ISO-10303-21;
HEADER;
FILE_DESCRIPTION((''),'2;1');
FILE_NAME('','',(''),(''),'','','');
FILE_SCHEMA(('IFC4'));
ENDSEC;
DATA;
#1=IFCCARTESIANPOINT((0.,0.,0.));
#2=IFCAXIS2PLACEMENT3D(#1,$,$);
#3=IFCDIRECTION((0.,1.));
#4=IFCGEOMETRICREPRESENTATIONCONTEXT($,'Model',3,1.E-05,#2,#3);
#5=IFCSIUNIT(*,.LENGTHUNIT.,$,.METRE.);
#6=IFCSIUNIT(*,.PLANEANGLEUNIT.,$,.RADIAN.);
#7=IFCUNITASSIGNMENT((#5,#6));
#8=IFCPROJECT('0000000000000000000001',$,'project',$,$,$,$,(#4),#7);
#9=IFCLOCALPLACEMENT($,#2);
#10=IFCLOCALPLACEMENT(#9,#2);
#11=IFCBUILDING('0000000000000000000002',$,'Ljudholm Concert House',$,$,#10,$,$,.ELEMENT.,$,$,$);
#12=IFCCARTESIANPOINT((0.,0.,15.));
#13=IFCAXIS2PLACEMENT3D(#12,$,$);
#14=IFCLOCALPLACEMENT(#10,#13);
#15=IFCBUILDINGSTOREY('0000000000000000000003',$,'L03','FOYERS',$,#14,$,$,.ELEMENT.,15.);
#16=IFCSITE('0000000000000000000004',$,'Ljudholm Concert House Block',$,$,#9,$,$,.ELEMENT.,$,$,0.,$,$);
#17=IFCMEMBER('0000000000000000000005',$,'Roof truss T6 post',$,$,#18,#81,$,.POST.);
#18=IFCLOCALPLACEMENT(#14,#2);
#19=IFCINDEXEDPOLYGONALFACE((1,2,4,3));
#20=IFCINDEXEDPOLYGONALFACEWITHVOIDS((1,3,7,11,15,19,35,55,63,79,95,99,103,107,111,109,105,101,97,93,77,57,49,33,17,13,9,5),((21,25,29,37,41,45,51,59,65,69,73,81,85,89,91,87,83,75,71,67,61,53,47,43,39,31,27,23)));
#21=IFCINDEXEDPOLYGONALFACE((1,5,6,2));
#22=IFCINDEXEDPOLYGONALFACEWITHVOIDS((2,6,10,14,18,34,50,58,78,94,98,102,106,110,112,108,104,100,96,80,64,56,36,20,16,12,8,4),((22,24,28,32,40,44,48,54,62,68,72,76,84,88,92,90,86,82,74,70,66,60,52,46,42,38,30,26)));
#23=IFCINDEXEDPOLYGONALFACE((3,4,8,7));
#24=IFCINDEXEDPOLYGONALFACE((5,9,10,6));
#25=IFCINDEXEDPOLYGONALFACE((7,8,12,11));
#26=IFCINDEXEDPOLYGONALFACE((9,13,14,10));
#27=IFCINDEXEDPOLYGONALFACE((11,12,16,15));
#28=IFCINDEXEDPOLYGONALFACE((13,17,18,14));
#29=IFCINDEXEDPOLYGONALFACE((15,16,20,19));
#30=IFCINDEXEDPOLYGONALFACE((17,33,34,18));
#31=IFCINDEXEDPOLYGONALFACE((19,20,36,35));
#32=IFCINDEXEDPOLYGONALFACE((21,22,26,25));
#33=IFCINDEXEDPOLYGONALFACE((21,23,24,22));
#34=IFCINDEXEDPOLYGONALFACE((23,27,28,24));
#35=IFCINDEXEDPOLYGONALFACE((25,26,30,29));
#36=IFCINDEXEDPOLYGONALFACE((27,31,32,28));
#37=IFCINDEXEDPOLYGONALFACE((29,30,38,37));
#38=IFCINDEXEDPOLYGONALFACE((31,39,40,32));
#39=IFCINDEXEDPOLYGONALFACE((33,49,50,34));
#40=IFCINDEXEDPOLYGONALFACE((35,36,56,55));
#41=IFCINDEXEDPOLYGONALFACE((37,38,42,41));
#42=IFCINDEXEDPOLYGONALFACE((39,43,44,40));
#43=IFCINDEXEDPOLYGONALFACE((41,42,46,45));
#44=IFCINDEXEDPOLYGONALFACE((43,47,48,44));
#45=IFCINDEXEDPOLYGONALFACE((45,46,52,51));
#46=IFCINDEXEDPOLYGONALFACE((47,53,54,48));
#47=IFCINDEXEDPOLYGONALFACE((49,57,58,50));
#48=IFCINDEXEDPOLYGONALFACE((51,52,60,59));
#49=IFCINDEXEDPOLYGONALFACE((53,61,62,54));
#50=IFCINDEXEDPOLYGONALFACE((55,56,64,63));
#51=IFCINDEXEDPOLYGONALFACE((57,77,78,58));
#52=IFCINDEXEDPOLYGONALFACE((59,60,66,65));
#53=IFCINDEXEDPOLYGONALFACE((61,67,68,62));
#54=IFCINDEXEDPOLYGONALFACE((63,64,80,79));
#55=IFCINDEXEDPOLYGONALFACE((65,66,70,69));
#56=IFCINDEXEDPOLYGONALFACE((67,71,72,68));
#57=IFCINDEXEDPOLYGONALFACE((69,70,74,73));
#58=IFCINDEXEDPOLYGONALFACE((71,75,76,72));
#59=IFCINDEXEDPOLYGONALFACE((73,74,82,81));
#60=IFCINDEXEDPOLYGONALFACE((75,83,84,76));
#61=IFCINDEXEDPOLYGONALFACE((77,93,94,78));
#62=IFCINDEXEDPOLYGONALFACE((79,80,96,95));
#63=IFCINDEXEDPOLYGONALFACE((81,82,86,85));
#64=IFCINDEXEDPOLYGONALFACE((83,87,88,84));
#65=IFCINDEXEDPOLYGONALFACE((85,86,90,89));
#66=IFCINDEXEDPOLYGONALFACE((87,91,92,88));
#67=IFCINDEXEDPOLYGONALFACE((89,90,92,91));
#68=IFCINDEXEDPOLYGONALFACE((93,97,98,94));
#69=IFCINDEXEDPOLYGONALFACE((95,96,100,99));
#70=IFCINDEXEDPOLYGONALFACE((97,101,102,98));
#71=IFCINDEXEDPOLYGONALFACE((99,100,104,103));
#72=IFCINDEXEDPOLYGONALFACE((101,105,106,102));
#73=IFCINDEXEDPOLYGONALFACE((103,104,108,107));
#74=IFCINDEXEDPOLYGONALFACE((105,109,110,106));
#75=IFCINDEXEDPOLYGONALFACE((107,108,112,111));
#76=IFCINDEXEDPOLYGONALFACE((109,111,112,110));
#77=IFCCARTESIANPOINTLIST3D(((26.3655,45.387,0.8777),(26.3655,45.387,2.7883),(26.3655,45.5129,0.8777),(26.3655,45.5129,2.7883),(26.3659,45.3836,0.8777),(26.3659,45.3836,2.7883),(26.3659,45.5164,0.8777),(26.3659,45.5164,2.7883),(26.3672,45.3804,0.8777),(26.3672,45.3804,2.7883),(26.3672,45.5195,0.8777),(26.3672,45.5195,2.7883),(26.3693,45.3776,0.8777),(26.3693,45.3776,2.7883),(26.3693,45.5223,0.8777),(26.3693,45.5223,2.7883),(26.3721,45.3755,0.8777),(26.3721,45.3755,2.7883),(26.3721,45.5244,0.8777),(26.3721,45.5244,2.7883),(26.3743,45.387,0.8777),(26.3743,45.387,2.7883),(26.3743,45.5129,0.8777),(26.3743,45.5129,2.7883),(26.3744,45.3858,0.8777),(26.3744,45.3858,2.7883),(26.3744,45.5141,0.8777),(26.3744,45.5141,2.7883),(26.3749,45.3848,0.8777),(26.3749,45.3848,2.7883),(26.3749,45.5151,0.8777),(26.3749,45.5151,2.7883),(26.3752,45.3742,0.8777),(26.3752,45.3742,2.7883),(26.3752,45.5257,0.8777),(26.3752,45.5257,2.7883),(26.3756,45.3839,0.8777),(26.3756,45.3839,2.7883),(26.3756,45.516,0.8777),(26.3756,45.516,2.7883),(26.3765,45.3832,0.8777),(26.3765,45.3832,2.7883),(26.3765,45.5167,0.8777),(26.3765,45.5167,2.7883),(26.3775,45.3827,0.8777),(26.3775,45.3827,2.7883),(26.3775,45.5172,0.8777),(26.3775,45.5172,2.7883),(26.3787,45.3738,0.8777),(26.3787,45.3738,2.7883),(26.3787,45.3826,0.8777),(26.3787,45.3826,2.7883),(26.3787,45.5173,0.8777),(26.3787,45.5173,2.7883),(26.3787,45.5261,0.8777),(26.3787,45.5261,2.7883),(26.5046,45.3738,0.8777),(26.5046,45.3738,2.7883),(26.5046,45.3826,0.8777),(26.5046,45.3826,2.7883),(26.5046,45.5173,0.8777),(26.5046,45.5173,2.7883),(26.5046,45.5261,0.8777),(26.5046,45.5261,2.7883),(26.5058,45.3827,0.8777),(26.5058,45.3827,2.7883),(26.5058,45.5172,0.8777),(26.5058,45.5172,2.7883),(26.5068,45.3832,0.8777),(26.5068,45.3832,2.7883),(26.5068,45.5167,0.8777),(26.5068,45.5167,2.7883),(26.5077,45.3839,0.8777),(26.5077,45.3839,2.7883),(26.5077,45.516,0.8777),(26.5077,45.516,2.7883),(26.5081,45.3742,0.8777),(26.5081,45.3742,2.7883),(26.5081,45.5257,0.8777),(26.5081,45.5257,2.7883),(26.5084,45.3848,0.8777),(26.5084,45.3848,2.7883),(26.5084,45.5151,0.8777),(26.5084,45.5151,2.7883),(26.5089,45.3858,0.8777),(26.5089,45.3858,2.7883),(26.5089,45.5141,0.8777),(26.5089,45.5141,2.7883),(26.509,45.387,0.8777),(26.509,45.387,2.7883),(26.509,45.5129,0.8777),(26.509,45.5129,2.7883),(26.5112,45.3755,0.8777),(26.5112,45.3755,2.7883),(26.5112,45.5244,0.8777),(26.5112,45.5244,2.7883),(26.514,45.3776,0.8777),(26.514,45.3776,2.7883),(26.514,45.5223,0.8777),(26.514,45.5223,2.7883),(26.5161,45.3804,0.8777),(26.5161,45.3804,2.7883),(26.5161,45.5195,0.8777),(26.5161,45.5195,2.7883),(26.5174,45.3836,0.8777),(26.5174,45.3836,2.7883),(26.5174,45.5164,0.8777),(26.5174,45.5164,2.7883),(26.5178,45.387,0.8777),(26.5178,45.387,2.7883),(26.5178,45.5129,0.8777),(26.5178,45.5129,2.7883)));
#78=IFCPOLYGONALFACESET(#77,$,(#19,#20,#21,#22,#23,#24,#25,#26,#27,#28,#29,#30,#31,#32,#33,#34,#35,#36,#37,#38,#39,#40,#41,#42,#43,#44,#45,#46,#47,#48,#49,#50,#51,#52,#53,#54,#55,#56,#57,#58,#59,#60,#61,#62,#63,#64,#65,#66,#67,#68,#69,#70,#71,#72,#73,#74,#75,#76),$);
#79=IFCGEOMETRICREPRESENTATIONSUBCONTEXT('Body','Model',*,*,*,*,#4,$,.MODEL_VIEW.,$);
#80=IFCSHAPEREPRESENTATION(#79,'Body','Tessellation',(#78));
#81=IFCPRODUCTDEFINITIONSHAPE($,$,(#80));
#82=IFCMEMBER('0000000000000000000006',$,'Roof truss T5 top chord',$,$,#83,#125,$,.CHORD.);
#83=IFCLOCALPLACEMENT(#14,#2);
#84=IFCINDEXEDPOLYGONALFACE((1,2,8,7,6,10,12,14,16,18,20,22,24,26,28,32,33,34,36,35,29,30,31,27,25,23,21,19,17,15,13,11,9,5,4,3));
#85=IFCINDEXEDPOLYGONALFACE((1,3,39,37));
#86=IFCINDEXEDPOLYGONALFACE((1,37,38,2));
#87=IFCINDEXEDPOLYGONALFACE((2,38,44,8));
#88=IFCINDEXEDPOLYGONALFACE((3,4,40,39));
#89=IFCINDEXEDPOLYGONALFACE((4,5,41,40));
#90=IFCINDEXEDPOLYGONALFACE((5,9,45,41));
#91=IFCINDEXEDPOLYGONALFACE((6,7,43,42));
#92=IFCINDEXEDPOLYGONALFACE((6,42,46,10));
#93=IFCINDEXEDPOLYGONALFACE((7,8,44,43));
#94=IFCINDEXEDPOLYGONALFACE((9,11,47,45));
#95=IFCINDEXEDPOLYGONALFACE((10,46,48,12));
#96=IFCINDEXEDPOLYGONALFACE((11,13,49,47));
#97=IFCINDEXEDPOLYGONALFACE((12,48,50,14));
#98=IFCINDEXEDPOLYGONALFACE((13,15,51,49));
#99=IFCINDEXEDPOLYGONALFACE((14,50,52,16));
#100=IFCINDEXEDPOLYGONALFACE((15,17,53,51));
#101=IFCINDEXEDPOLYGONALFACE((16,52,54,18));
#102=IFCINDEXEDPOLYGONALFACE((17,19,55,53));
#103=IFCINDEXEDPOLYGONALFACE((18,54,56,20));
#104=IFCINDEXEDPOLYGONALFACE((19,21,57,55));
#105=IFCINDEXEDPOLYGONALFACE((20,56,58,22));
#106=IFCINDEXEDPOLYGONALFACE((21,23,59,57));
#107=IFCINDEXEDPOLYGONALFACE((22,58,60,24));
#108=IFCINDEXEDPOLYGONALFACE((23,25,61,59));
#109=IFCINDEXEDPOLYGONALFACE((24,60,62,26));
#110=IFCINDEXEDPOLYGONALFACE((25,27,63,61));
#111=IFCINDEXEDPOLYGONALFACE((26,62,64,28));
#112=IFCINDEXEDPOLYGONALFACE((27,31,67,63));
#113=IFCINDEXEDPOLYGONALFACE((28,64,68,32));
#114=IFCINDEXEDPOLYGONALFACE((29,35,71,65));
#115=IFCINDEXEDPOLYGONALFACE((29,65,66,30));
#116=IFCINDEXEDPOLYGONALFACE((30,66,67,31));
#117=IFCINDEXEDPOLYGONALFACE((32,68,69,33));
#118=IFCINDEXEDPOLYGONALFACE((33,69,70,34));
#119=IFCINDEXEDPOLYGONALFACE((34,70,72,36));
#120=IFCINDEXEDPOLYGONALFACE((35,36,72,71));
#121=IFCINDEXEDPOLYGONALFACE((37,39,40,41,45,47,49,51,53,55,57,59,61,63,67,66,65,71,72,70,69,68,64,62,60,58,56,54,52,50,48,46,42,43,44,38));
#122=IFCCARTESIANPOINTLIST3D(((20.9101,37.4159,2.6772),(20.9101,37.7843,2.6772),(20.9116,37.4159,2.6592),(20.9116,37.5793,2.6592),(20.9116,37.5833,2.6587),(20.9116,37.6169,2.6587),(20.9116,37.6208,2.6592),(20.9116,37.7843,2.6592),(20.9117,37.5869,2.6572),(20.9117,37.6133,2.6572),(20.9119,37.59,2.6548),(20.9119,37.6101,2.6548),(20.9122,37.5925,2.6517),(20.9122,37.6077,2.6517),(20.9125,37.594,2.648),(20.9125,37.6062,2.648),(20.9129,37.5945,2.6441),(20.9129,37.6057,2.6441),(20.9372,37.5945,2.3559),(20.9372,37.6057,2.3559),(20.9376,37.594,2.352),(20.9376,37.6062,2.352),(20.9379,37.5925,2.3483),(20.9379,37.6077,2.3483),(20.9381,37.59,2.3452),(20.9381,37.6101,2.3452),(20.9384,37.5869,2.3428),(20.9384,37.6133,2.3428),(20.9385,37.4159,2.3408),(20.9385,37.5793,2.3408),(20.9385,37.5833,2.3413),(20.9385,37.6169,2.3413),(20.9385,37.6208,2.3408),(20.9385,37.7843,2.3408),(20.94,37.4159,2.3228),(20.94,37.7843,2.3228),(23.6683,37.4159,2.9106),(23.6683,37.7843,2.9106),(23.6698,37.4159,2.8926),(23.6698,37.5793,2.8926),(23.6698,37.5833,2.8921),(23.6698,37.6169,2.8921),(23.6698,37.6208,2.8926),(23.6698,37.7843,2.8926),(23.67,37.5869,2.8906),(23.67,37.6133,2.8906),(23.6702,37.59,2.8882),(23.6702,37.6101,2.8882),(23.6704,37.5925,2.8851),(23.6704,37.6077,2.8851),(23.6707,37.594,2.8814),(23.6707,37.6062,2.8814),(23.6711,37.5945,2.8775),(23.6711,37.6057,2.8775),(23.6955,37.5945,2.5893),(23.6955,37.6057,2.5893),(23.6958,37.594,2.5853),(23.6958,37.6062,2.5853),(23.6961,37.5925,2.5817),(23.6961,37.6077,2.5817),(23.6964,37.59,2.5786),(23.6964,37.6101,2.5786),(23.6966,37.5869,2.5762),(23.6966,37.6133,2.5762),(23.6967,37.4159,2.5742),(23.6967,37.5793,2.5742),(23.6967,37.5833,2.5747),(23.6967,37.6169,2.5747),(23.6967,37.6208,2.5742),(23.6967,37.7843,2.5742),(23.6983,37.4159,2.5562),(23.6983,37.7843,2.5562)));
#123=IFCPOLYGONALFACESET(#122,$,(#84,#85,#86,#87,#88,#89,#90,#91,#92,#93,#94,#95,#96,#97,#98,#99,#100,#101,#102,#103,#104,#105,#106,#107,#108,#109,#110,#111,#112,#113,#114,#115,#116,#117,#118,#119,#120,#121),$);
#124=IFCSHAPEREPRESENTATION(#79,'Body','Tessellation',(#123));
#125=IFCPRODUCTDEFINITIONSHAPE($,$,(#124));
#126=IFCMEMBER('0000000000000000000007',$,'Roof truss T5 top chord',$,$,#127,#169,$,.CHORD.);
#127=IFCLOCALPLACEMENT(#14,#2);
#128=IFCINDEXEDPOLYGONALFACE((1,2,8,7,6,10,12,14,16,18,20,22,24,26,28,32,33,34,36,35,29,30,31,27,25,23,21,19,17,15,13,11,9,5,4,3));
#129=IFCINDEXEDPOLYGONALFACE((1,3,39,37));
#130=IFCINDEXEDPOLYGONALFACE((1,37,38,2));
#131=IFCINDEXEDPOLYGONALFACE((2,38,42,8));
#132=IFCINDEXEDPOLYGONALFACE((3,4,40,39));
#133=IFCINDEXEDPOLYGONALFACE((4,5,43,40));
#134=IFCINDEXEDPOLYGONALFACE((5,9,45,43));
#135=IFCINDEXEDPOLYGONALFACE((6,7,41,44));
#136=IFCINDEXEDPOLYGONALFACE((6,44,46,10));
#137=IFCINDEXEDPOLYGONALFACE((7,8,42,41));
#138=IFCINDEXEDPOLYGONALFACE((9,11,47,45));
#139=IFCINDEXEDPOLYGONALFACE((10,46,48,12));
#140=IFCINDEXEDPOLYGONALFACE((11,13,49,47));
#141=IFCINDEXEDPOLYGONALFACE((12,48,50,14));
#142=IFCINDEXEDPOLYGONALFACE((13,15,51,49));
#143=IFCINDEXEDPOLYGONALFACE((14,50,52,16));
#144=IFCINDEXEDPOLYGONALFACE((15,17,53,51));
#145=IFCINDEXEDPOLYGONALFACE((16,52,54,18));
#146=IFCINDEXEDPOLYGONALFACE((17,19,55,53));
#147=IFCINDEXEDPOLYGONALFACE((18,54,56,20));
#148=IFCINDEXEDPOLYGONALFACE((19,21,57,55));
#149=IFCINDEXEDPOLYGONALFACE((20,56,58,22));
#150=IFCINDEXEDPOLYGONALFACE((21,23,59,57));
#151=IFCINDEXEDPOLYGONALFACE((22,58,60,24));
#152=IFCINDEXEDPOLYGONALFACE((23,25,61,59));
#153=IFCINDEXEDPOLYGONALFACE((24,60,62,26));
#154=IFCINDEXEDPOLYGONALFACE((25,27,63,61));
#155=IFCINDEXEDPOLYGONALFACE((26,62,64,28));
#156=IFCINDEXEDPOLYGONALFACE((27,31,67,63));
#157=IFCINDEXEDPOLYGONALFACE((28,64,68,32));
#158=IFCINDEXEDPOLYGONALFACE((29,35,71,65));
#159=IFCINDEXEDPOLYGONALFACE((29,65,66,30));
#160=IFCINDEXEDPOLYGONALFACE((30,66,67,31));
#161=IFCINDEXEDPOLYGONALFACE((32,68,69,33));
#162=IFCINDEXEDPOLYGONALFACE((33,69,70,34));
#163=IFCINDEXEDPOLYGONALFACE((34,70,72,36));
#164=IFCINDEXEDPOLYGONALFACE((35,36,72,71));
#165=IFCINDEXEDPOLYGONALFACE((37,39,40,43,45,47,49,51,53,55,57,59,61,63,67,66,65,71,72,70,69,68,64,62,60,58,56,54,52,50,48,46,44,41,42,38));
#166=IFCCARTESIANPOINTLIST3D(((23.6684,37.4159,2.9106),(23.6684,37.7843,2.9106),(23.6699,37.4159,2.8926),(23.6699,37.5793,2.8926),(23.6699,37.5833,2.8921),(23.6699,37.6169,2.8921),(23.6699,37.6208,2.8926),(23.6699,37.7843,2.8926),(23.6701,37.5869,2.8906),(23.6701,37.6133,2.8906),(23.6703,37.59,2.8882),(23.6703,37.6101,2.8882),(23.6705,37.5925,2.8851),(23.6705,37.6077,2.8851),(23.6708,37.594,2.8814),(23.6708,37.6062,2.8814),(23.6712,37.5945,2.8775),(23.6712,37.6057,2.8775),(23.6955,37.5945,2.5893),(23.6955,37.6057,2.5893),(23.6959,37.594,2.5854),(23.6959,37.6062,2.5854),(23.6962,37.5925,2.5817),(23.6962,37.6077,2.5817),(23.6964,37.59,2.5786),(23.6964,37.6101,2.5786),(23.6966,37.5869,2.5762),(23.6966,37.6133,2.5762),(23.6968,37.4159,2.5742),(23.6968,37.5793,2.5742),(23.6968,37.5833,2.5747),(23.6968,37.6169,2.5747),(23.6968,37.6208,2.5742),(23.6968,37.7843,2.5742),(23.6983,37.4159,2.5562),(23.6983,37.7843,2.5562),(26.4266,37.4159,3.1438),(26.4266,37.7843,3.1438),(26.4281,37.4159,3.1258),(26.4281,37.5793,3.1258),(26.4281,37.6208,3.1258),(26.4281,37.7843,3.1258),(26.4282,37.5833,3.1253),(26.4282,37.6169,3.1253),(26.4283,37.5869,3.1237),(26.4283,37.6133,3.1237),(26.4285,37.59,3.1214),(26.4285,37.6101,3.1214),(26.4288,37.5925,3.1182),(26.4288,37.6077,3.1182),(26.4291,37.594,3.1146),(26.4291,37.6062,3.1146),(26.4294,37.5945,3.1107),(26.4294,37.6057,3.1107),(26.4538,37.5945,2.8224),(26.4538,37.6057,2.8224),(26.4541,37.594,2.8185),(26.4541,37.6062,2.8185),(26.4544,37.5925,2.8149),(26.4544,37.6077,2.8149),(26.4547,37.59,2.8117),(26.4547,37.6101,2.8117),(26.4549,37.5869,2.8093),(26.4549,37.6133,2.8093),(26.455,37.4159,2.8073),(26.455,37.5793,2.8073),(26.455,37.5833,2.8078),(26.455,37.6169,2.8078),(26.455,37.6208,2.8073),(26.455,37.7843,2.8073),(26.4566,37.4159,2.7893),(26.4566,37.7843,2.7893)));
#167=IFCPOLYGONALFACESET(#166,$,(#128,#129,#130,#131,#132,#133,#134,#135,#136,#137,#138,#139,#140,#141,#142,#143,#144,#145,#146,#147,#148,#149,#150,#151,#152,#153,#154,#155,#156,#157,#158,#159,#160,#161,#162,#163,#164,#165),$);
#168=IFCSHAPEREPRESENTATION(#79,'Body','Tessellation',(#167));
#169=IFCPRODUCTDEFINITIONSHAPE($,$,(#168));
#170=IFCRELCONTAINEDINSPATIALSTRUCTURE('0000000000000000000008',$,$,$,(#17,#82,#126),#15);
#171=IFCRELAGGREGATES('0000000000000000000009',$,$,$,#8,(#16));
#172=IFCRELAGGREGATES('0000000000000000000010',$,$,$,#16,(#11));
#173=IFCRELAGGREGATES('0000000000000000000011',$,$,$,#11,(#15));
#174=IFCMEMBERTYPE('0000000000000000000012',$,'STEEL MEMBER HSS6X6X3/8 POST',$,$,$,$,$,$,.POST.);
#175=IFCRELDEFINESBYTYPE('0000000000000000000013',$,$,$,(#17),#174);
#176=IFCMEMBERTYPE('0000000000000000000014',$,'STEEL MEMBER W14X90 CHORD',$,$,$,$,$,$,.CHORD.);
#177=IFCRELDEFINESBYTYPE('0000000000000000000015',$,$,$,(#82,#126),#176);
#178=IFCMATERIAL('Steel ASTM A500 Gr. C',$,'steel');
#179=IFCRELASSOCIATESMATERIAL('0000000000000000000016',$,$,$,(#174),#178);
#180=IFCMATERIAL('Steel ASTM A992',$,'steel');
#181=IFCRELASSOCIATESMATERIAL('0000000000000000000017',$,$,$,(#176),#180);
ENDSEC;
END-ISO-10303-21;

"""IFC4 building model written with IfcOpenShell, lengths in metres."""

from ifc_helpers import new_model, si_unit, direction, frame, origin, origin_2d, place, context, subcontext, project, spatial, hollow_rectangle, i_section, extrude, material, material_profile, profile_set, type_object, element, save


model = new_model("IFC4")

# Units and contexts
model_context = context("Model", 3, precision=1e-05, world=origin(), true_north=direction((0.0, 1.0)))
body_context = subcontext(model_context, "Body", "Model", "MODEL_VIEW")
ifc_project = project(units=[si_unit("LENGTHUNIT", "METRE"), si_unit("PLANEANGLEUNIT", "RADIAN")], contexts=[model_context])

# Site, building, storey
site_placement = place(None, origin())
site = spatial("IfcSite", under=ifc_project, at=site_placement, Name="Ljudholm Concert House Block", CompositionType="ELEMENT", RefElevation=0.0)
building_placement = place(site_placement, origin())
building = spatial("IfcBuilding", under=site, at=building_placement, Name="Ljudholm Concert House", CompositionType="ELEMENT")
storey_placement = place(building_placement, frame((0.0, 0.0, 15.0)))
storey = spatial("IfcBuildingStorey", under=building, at=storey_placement, Name="L03", Description="FOYERS", CompositionType="ELEMENT", Elevation=15.0)

# Members
ifc_material_1 = material(Name="Steel ASTM A500 Gr. C", Category="steel")
ifc_material_profile_1 = material_profile(ifc_material_1, hollow_rectangle(XDim=0.1523, YDim=0.1523, WallThickness=0.0088, InnerFilletRadius=0.0044, OuterFilletRadius=0.0132, at=origin_2d()), Name="HSS6X6X3/8")
ifc_profile_set_1 = profile_set([ifc_material_profile_1], Name="Steel ASTM A500 Gr. C")
member_type_1 = type_object("IfcMemberType", Name="STEEL MEMBER HSS6X6X3/8 POST", PredefinedType="POST", material=ifc_profile_set_1)
member_1_placement = place(storey_placement, frame((26.4417, 45.45, 0.8777), z_axis=(0.0, 0.0, 1.0), x_axis=(1.0, 0.0, 0.0)))
element("IfcMember", 1, at=member_1_placement, inside=storey, type_object=member_type_1, Name="Roof truss T6 post", PredefinedType="POST", context=body_context, shape_type="SweptSolid", body=[
    extrude(hollow_rectangle(XDim=0.1523, YDim=0.1523, WallThickness=0.0088, InnerFilletRadius=0.0044, OuterFilletRadius=0.0132, at=origin_2d()), origin(), (0.0, 0.0, 1.0), 1.9106),
])
ifc_material_2 = material(Name="Steel ASTM A992", Category="steel")
ifc_material_profile_2 = material_profile(ifc_material_2, i_section(OverallWidth=0.3684, OverallDepth=0.3557, WebThickness=0.0112, FlangeThickness=0.0181, FilletRadius=0.0151, at=origin_2d()), Name="W14X90")
ifc_profile_set_2 = profile_set([ifc_material_profile_2], Name="Steel ASTM A992")
member_type_2 = type_object("IfcMemberType", Name="STEEL MEMBER W14X90 CHORD", PredefinedType="CHORD", material=ifc_profile_set_2)
for number, where, z_axis, x_axis, name in (
    (2, (20.925, 37.6001, 2.5), (0.996439, 0.0, 0.084315), (0.0, 1.0, 0.0), "Roof truss T5 top chord"),
    (3, (23.6833, 37.6001, 2.7334), (0.996447, 0.0, 0.084228), (0.0, 1.0, 0.0), "Roof truss T5 top chord"),
):
    element("IfcMember", number, at=place(storey_placement, frame(where, z_axis=z_axis, x_axis=x_axis)), inside=storey, type_object=member_type_2, Name=name, PredefinedType="CHORD", context=body_context, shape_type="SweptSolid", body=[
        extrude(i_section(OverallWidth=0.3684, OverallDepth=0.3557, WebThickness=0.0112, FlangeThickness=0.0181, FilletRadius=0.0151, at=origin_2d()), origin(), (0.0, 0.0, 1.0), 2.7681),
    ])

save(model, "model.ifc")
